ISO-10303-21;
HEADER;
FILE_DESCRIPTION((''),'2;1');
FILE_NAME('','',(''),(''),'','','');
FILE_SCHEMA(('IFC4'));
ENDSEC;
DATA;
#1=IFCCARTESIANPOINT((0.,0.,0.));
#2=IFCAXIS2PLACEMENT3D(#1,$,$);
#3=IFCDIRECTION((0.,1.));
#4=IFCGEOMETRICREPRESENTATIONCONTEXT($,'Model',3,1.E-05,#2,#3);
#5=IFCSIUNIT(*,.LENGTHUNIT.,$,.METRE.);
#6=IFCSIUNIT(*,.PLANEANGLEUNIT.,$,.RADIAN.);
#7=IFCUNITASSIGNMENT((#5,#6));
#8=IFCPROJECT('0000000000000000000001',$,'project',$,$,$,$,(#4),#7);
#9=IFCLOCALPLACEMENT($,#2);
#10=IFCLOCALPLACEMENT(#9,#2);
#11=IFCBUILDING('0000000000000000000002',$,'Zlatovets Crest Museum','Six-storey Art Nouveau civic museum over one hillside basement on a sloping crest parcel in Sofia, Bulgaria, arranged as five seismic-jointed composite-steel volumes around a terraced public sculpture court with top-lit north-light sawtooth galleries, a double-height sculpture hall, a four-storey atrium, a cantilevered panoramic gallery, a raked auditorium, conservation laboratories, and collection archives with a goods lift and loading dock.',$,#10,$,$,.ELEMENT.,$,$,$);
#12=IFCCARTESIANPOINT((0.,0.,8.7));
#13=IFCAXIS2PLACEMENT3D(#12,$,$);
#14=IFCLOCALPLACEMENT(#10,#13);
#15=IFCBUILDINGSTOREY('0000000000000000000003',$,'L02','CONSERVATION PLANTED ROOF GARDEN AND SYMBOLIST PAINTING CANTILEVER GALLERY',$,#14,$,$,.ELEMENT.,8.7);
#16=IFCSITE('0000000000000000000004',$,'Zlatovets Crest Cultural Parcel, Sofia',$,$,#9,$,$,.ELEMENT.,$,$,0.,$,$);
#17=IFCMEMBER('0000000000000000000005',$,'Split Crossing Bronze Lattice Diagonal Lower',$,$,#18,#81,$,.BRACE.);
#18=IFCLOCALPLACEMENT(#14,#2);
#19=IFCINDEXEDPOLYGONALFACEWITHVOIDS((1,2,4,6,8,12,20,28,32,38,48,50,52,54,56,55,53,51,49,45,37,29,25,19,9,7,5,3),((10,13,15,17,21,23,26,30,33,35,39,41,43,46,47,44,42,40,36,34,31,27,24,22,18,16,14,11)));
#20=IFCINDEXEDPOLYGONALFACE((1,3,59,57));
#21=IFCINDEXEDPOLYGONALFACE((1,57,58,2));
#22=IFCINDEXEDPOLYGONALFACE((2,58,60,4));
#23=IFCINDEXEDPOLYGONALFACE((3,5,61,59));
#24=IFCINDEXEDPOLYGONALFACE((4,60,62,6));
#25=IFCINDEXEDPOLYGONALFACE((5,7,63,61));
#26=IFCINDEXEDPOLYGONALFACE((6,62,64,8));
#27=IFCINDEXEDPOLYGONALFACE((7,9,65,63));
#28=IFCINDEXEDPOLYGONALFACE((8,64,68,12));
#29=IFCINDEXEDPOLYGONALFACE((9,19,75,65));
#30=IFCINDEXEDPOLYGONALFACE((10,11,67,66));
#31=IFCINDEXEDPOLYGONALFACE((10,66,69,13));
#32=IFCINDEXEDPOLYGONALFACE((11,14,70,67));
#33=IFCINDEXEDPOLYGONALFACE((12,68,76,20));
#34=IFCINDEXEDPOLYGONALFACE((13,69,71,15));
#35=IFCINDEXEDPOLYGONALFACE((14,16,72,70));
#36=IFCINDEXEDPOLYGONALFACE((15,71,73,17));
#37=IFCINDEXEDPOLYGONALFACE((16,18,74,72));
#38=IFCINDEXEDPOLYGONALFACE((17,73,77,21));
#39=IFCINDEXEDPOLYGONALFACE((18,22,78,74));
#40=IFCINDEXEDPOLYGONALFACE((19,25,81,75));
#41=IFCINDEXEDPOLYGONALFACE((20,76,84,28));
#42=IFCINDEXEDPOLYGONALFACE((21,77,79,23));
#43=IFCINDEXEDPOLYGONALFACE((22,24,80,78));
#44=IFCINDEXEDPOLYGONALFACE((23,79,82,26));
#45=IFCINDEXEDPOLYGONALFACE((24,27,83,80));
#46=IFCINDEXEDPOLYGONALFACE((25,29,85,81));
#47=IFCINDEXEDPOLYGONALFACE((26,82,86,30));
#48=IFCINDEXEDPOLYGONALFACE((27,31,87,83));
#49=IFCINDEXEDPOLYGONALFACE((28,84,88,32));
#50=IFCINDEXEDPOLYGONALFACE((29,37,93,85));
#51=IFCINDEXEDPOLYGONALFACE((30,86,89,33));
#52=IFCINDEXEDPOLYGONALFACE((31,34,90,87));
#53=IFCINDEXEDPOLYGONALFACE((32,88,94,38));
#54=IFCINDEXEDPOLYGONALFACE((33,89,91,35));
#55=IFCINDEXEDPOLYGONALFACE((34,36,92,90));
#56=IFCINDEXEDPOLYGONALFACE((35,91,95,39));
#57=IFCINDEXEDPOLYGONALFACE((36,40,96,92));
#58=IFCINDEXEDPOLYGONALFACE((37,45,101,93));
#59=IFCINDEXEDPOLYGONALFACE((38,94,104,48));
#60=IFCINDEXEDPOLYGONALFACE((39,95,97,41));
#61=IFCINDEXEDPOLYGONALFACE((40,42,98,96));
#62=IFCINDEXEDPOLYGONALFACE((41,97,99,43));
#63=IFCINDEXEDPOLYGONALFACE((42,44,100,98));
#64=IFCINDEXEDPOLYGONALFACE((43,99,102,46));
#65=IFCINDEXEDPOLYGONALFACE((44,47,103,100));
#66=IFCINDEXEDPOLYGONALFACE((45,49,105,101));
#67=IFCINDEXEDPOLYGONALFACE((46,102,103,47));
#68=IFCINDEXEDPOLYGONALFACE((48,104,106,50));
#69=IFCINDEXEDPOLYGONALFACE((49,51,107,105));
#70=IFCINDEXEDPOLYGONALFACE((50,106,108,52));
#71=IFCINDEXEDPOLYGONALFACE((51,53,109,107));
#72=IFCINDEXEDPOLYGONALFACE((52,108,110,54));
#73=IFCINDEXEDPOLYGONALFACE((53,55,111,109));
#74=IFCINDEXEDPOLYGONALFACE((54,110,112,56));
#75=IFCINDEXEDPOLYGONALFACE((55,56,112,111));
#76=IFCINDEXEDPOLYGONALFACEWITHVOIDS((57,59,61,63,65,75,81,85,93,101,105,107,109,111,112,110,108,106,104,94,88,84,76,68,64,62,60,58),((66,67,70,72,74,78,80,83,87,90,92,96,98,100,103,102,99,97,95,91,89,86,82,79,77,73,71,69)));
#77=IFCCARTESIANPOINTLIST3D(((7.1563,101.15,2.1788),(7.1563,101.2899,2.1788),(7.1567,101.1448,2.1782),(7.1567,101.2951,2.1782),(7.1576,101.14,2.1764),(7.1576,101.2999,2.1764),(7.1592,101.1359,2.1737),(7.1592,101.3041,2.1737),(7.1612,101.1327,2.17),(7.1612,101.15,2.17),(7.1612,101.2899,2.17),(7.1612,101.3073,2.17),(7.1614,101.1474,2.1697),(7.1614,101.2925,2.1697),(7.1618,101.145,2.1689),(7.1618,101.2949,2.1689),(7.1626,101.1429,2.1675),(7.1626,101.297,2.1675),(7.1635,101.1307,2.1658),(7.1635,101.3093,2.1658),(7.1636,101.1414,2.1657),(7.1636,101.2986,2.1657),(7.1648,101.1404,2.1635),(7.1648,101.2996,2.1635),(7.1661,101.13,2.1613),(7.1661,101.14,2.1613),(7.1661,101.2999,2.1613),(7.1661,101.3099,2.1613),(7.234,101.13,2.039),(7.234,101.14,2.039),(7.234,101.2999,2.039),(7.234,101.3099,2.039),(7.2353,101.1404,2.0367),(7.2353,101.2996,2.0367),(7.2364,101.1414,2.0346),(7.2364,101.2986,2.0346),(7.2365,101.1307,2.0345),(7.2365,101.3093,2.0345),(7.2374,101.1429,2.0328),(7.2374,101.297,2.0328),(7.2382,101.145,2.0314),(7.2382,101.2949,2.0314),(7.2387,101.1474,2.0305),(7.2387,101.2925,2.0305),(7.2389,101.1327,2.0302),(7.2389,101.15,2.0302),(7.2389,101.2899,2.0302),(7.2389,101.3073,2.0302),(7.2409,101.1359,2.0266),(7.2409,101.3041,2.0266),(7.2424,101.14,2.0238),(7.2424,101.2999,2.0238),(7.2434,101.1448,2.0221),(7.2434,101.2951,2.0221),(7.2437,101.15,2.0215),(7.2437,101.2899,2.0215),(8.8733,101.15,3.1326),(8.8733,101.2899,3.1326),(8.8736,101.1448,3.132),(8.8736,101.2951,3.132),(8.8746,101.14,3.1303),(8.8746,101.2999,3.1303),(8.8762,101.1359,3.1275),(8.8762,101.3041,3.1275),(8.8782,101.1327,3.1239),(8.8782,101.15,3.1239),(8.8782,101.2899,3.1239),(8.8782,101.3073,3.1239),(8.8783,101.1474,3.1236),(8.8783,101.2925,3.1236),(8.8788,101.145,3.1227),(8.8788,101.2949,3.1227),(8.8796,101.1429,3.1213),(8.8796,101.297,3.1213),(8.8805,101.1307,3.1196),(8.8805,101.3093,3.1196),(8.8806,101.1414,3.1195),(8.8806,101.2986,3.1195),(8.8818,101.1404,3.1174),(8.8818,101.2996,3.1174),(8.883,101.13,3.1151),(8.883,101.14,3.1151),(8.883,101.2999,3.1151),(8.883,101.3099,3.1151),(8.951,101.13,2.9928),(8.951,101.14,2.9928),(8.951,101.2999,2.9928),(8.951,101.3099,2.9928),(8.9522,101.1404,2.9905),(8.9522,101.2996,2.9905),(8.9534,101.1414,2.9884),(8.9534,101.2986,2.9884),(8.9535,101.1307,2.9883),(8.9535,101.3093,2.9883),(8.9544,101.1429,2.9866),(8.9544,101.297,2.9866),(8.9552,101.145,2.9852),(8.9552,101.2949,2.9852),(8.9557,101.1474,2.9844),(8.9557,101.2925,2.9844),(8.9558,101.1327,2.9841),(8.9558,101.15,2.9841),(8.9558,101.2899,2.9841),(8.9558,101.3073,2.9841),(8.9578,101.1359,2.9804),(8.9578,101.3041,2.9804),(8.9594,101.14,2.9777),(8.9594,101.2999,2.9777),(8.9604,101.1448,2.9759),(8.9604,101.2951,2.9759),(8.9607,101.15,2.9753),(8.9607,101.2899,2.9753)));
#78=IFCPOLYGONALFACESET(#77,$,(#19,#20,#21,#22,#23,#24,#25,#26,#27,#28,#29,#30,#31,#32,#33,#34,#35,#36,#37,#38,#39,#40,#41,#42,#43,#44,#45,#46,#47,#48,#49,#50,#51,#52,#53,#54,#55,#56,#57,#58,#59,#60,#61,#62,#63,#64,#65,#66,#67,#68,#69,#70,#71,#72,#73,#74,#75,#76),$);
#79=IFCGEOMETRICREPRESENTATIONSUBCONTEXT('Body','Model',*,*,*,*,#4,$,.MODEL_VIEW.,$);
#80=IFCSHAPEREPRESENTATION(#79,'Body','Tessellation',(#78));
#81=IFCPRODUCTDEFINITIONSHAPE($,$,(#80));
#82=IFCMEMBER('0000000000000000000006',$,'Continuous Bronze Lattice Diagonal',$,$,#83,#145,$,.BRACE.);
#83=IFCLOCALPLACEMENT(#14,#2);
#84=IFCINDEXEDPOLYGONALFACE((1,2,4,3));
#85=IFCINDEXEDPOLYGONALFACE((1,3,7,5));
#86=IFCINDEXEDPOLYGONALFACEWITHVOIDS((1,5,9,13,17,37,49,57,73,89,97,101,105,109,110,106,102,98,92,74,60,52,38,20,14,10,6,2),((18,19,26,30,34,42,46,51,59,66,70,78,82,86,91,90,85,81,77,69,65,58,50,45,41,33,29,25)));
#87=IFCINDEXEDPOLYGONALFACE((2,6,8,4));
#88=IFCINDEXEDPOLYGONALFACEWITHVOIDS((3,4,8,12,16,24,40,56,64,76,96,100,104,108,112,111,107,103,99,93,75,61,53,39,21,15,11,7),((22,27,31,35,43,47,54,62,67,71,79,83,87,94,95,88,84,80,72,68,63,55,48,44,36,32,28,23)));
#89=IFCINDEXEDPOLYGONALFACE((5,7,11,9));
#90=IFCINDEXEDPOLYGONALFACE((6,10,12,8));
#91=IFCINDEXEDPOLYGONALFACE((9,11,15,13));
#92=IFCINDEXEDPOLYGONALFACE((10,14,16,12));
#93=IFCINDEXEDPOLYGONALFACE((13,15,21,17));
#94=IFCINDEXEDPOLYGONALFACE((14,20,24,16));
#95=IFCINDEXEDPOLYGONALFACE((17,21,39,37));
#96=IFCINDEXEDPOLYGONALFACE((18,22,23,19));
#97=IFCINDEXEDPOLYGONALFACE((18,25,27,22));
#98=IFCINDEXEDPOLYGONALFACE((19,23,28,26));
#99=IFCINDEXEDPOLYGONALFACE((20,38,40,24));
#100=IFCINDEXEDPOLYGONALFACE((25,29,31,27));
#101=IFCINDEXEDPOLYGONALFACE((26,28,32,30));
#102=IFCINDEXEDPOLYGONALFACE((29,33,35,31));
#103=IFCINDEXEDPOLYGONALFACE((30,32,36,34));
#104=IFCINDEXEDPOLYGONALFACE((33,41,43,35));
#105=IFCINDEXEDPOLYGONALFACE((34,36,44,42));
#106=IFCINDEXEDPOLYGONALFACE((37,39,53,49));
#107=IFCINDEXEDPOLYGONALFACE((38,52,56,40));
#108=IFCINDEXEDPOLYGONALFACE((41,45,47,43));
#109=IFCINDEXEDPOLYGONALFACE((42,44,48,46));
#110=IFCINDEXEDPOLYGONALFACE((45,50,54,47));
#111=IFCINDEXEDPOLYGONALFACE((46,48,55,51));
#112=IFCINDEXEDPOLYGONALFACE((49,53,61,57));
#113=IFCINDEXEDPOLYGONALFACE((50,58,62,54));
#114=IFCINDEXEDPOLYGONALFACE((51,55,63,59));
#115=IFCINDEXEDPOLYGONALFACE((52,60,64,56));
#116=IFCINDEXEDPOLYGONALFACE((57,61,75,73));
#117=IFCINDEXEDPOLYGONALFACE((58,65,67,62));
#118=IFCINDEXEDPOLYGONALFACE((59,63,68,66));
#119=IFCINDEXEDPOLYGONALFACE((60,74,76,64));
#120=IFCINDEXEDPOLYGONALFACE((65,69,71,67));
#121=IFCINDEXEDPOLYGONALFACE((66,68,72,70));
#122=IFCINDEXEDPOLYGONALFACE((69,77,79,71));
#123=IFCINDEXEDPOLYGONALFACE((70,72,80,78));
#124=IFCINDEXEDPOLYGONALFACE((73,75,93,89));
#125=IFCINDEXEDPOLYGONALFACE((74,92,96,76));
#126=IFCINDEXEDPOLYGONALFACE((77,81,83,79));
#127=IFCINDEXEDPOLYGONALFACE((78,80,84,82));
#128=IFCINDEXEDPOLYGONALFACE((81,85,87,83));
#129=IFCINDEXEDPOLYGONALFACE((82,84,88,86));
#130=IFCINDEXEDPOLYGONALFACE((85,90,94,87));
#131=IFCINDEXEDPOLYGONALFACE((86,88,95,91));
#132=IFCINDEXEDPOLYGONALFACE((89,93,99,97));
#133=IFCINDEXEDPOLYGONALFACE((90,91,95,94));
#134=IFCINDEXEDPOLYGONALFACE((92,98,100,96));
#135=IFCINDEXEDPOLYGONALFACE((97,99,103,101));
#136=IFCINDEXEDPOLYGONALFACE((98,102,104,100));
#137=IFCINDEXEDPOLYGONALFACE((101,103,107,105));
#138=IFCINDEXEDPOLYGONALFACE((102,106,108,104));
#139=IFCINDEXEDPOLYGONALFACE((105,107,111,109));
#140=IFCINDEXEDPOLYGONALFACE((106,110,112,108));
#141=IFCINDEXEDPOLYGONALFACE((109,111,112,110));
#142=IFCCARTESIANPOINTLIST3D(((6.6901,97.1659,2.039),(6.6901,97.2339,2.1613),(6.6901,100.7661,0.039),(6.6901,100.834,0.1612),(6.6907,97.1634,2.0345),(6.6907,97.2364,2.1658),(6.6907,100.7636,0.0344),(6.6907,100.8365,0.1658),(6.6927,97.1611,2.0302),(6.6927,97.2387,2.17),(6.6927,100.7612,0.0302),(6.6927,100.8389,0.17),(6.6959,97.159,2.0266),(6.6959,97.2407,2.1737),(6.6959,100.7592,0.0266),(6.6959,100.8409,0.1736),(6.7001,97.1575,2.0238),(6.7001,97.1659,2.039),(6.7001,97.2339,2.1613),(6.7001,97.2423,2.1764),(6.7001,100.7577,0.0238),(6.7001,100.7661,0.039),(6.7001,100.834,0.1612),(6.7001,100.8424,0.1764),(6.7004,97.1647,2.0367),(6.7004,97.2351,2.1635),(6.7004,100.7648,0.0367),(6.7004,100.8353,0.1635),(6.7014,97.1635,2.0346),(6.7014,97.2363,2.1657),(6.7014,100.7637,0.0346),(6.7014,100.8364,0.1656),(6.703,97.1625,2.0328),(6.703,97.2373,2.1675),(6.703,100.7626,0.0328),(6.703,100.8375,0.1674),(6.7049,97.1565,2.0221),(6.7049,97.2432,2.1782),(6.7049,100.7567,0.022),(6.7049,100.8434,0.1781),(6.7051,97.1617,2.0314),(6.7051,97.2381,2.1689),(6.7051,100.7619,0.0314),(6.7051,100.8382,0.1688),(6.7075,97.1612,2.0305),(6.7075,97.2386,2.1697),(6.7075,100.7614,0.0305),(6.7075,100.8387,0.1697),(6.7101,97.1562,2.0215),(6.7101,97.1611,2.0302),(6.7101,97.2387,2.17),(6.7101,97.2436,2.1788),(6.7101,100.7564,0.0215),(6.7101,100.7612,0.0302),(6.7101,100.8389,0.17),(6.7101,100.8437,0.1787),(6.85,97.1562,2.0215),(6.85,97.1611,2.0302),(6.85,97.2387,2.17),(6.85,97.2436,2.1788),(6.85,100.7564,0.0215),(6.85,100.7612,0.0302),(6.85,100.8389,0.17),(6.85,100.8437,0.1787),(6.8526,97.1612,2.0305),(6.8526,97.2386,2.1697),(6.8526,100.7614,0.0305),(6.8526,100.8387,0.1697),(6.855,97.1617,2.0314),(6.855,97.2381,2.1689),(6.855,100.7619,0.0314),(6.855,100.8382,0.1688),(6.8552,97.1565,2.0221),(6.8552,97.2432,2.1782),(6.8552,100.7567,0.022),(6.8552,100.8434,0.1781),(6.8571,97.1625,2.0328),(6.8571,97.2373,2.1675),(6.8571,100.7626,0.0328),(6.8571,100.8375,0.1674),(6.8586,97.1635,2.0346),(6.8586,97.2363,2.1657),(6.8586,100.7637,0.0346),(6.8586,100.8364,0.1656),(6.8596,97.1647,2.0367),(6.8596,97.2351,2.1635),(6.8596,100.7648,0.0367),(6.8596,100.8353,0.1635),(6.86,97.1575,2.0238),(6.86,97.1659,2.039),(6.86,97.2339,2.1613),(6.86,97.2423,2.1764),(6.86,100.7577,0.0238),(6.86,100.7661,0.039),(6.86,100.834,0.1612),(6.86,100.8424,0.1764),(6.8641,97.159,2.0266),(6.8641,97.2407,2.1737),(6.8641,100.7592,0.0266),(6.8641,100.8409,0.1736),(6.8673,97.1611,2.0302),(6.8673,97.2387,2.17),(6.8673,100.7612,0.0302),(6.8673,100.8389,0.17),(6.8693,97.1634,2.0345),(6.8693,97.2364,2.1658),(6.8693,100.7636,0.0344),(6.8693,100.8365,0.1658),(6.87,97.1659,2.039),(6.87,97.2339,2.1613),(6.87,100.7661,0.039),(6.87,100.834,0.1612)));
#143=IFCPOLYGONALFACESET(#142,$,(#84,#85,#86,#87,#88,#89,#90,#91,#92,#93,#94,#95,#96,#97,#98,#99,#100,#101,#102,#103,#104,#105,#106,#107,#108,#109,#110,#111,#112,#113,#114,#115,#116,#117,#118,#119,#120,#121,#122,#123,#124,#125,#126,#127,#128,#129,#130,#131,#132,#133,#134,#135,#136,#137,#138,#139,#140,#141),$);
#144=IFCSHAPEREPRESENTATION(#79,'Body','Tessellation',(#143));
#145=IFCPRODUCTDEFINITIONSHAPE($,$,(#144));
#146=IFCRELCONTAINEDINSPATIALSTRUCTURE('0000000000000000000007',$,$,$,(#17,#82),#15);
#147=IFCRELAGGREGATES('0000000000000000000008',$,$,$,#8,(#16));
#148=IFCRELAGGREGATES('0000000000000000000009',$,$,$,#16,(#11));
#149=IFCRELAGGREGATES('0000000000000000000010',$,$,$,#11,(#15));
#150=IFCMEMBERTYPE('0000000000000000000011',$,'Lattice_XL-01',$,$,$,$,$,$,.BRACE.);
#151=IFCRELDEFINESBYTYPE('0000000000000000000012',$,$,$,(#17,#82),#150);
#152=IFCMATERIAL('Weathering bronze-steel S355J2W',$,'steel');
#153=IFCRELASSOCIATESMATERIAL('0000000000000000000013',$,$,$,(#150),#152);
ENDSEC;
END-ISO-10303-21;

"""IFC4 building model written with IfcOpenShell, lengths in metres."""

from ifc_helpers import new_model, si_unit, direction, frame, origin, origin_2d, place, context, subcontext, project, spatial, hollow_rectangle, extrude, material, material_profile, profile_set, type_object, element, save


model = new_model("IFC4")

# Units and contexts
model_context = context("Model", 3, precision=1e-05, world=origin(), true_north=direction((0.0, 1.0)))
body_context = subcontext(model_context, "Body", "Model", "MODEL_VIEW")
ifc_project = project(units=[si_unit("LENGTHUNIT", "METRE"), si_unit("PLANEANGLEUNIT", "RADIAN")], contexts=[model_context])

# Site, building, storey
site_placement = place(None, origin())
site = spatial("IfcSite", under=ifc_project, at=site_placement, Name="Zlatovets Crest Cultural Parcel, Sofia", CompositionType="ELEMENT", RefElevation=0.0)
building_placement = place(site_placement, origin())
building = spatial("IfcBuilding", under=site, at=building_placement, Name="Zlatovets Crest Museum", Description="Six-storey Art Nouveau civic museum over one hillside basement on a sloping crest parcel in Sofia, Bulgaria, arranged as five seismic-jointed composite-steel volumes around a terraced public sculpture court with top-lit north-light sawtooth galleries, a double-height sculpture hall, a four-storey atrium, a cantilevered panoramic gallery, a raked auditorium, conservation laboratories, and collection archives with a goods lift and loading dock.", CompositionType="ELEMENT")
storey_placement = place(building_placement, frame((0.0, 0.0, 8.7)))
storey = spatial("IfcBuildingStorey", under=building, at=storey_placement, Name="L02", Description="CONSERVATION PLANTED ROOF GARDEN AND SYMBOLIST PAINTING CANTILEVER GALLERY", CompositionType="ELEMENT", Elevation=8.7)

# Members
ifc_material_1 = material(Name="Weathering bronze-steel S355J2W", Category="steel")
ifc_material_profile_1 = material_profile(ifc_material_1, hollow_rectangle(XDim=0.1799, YDim=0.1799, WallThickness=0.01, InnerFilletRadius=0.01, OuterFilletRadius=0.02, at=origin_2d()), Name="SHS 180x180x10.0")
ifc_profile_set_1 = profile_set([ifc_material_profile_1], Name="Weathering bronze-steel S355J2W")
member_type_1 = type_object("IfcMemberType", Name="Lattice_XL-01", PredefinedType="BRACE", material=ifc_profile_set_1)
for number, where, z_axis, x_axis, name in (
    (1, (8.917, 101.22, 3.054), (-0.874169, 0.0, -0.485622), (0.0, -1.0, 0.0), "Split Crossing Bronze Lattice Diagonal Lower"),
):
    element("IfcMember", number, at=place(storey_placement, frame(where, z_axis=z_axis, x_axis=x_axis)), inside=storey, type_object=member_type_1, Name=name, PredefinedType="BRACE", context=body_context, shape_type="SweptSolid", body=[
        extrude(hollow_rectangle(XDim=0.1799, YDim=0.1799, WallThickness=0.01, InnerFilletRadius=0.01, OuterFilletRadius=0.02, at=origin_2d()), origin(), (0.0, 0.0, 1.0), 1.9641),
    ])
member_1_placement = place(storey_placement, frame((6.78, 100.8, 0.1001), z_axis=(0.0, -0.874163, 0.485633), x_axis=(1.0, 0.0, 0.0)))
element("IfcMember", 2, at=member_1_placement, inside=storey, type_object=member_type_1, Name="Continuous Bronze Lattice Diagonal", PredefinedType="BRACE", context=body_context, shape_type="SweptSolid", body=[
    extrude(hollow_rectangle(XDim=0.1799, YDim=0.1799, WallThickness=0.01, InnerFilletRadius=0.01, OuterFilletRadius=0.02, at=origin_2d()), origin(), (0.0, 0.0, 1.0), 4.1184),
])

save(model, "model.ifc")
